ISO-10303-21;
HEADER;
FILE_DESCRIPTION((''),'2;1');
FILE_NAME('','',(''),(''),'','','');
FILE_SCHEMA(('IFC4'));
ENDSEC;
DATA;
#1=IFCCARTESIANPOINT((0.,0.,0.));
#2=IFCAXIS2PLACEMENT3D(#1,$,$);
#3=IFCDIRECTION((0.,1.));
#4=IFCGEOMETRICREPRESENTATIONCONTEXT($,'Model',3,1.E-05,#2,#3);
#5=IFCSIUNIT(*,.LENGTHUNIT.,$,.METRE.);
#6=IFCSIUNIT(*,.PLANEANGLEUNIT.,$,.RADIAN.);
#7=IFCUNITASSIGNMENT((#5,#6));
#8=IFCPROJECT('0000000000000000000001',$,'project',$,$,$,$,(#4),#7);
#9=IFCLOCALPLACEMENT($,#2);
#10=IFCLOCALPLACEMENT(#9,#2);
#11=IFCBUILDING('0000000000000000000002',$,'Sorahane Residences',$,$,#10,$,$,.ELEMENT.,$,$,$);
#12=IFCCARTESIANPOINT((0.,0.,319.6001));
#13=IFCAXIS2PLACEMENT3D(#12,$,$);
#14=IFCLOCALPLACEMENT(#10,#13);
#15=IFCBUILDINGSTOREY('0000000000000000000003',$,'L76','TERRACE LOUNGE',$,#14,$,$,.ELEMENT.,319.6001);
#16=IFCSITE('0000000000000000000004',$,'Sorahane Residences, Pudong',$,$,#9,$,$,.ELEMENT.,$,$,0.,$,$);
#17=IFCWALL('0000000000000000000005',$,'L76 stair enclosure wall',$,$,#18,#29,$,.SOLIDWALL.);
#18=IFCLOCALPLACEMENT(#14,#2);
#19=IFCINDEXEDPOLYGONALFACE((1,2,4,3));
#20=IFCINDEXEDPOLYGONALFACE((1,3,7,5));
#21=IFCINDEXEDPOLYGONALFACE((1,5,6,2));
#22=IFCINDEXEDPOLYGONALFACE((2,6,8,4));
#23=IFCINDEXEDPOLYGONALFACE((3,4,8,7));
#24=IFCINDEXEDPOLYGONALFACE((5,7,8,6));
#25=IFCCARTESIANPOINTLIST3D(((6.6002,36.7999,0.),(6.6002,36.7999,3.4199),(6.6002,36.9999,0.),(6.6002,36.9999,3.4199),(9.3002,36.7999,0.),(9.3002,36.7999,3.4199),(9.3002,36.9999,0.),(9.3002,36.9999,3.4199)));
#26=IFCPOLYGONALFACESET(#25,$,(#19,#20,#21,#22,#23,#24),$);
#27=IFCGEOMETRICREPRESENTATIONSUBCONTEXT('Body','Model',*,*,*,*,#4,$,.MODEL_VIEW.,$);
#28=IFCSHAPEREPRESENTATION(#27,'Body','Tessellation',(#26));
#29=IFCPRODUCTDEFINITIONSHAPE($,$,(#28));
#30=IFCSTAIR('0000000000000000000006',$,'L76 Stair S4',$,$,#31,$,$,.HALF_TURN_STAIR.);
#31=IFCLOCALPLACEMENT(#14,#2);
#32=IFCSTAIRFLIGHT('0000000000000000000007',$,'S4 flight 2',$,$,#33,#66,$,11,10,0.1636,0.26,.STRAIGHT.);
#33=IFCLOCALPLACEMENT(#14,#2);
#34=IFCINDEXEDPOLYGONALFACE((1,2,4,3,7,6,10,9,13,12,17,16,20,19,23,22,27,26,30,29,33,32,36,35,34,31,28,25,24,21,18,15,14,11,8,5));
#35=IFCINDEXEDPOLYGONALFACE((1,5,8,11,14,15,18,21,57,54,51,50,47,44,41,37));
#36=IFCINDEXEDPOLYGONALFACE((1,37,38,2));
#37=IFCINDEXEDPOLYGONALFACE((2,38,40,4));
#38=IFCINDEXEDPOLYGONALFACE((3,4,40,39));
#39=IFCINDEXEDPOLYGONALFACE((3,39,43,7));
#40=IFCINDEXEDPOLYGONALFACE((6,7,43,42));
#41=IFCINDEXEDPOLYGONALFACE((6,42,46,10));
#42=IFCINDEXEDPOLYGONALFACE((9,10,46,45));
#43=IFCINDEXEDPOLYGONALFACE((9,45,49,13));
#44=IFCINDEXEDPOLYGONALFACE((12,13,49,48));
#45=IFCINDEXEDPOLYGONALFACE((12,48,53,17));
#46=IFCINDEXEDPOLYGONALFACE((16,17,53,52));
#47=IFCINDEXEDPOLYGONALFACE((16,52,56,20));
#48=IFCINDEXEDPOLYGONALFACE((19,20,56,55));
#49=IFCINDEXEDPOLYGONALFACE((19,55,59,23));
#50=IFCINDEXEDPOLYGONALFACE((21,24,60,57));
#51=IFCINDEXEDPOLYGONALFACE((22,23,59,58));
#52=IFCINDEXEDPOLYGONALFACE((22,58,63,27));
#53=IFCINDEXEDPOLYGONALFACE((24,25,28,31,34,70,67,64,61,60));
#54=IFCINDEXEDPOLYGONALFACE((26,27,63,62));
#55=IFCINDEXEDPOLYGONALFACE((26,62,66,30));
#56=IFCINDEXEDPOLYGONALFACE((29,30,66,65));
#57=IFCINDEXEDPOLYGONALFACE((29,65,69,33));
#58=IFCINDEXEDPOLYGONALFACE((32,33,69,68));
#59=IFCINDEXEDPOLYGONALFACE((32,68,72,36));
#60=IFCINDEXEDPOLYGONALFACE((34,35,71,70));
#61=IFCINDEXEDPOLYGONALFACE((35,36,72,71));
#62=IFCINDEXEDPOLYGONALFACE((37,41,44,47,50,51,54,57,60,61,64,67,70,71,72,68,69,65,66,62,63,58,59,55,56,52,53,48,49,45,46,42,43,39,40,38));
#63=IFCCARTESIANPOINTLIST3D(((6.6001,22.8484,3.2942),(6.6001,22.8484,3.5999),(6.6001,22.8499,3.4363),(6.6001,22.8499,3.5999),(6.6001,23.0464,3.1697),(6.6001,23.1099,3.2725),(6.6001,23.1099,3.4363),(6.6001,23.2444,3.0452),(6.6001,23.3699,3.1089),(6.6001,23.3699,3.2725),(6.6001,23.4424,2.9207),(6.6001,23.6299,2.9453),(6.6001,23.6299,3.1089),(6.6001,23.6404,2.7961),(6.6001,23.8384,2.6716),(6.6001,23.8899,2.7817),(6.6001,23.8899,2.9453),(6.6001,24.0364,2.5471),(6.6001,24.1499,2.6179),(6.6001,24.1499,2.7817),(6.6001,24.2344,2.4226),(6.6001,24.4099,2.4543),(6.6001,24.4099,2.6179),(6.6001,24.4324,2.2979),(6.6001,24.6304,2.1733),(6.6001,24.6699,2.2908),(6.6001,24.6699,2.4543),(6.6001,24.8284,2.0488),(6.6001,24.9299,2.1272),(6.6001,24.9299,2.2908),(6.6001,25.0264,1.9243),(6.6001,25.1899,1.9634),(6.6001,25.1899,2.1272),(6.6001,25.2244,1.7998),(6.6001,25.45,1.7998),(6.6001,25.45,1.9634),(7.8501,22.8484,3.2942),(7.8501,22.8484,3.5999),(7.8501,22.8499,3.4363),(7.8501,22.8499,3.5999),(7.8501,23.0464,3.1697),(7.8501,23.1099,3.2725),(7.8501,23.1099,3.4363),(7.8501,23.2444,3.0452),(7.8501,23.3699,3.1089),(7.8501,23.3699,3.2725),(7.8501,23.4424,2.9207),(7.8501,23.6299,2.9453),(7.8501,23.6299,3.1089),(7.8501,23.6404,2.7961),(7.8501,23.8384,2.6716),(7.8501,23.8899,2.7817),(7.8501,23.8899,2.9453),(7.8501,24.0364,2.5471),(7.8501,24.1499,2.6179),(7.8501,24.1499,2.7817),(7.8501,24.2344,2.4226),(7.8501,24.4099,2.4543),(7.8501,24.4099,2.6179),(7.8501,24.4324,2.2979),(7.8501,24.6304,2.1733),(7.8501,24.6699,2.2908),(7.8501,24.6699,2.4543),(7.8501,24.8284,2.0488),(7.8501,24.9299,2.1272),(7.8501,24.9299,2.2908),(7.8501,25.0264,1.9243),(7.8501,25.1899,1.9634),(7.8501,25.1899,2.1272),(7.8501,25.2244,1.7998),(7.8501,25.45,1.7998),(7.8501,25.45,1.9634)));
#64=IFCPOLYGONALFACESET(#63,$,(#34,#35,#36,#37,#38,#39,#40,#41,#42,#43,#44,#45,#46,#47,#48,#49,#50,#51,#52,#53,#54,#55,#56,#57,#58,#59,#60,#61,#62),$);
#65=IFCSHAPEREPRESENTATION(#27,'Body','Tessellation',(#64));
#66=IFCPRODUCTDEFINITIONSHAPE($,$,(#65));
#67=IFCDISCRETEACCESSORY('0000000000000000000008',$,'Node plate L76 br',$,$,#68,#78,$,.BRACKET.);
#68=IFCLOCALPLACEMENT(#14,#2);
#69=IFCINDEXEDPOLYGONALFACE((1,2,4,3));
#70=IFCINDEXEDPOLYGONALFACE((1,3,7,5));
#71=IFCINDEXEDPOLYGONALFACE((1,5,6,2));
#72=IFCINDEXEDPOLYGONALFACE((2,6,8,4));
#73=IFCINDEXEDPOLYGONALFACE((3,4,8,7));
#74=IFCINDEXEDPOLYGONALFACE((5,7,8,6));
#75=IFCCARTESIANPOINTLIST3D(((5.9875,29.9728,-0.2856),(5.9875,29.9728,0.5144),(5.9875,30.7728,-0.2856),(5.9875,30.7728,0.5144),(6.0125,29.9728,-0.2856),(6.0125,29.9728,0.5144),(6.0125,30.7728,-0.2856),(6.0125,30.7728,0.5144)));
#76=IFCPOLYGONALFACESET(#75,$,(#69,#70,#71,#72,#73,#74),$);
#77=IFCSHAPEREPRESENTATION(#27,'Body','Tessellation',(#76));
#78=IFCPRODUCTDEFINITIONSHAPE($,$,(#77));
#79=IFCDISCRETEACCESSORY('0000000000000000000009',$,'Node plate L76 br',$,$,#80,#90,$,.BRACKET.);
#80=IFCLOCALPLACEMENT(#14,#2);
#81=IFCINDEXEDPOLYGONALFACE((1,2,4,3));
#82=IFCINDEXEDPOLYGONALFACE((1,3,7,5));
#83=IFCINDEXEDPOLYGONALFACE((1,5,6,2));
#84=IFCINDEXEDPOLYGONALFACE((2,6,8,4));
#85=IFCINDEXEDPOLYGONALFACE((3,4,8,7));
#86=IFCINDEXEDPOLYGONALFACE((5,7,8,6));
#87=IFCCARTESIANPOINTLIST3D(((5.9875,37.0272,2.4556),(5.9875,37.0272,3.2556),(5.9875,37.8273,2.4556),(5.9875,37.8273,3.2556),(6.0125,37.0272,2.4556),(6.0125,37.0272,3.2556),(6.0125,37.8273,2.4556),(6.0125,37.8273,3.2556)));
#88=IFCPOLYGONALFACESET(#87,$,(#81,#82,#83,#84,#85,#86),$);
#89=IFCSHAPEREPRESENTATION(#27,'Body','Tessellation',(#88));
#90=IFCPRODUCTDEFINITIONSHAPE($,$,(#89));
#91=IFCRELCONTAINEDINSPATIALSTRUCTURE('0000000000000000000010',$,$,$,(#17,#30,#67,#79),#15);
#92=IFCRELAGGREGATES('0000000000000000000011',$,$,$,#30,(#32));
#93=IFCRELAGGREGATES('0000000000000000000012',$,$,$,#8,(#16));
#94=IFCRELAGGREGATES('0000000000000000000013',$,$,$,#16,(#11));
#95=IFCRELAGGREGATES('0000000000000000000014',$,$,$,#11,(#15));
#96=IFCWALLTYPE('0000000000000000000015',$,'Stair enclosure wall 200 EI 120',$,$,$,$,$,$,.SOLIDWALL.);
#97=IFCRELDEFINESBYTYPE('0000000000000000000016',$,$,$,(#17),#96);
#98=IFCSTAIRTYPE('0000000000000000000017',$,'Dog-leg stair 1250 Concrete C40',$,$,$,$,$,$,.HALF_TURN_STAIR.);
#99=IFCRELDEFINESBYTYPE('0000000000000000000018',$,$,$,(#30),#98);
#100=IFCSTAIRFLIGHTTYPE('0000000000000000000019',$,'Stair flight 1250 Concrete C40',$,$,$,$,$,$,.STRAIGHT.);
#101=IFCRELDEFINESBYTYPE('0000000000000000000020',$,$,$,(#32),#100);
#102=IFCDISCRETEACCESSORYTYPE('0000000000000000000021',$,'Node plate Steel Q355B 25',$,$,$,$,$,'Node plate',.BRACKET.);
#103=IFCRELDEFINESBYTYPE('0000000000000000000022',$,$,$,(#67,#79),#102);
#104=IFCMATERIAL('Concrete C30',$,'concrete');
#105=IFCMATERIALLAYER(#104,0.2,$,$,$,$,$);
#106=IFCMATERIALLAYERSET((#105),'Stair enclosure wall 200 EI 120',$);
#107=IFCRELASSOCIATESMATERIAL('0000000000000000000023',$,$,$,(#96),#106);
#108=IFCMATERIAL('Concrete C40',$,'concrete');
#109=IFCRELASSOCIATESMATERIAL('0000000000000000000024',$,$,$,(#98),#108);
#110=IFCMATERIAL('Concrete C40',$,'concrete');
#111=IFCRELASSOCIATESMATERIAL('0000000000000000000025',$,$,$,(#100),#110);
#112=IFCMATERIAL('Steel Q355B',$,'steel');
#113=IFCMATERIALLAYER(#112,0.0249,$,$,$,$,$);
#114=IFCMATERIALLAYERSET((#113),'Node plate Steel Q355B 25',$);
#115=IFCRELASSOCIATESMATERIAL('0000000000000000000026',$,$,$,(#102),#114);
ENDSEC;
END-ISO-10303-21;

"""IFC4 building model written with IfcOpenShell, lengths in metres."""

from ifc_helpers import new_model, si_unit, direction, frame, frame_2d, origin, origin_2d, place, context, subcontext, project, spatial, polyline, rectangle, outline, extrude, material, layer, layer_set, type_object, element, aggregate, save


model = new_model("IFC4")

# Units and contexts
model_context = context("Model", 3, precision=1e-05, world=origin(), true_north=direction((0.0, 1.0)))
body_context = subcontext(model_context, "Body", "Model", "MODEL_VIEW")
ifc_project = project(units=[si_unit("LENGTHUNIT", "METRE"), si_unit("PLANEANGLEUNIT", "RADIAN")], contexts=[model_context])

# Site, building, storey
site_placement = place(None, origin())
site = spatial("IfcSite", under=ifc_project, at=site_placement, Name="Sorahane Residences, Pudong", CompositionType="ELEMENT", RefElevation=0.0)
building_placement = place(site_placement, origin())
building = spatial("IfcBuilding", under=site, at=building_placement, Name="Sorahane Residences", CompositionType="ELEMENT")
storey_placement = place(building_placement, frame((0.0, 0.0, 319.6001)))
storey = spatial("IfcBuildingStorey", under=building, at=storey_placement, Name="L76", Description="TERRACE LOUNGE", CompositionType="ELEMENT", Elevation=319.6001)

# Wall
ifc_material_1 = material(Name="Concrete C30", Category="concrete")
ifc_layer_1 = layer(ifc_material_1, 0.2)
ifc_layer_set_1 = layer_set([ifc_layer_1], Name="Stair enclosure wall 200 EI 120")
wall_type_1 = type_object("IfcWallType", Name="Stair enclosure wall 200 EI 120", PredefinedType="SOLIDWALL", material=ifc_layer_set_1)
wall_1_placement = place(storey_placement, frame((6.6001, 36.8999, 0.0), z_axis=(0.0, 0.0, 1.0), x_axis=(1.0, 0.0, 0.0)))
element("IfcWall", 1, at=wall_1_placement, inside=storey, type_object=wall_type_1, Name="L76 stair enclosure wall", PredefinedType="SOLIDWALL", context=body_context, shape_type="SweptSolid", body=[
    extrude(rectangle(XDim=2.7, YDim=0.2, at=frame_2d((1.3501, 0.0))), origin(), (0.0, 0.0, 1.0), 3.4199),
])

# Stair, stair flight
ifc_material_2 = material(Name="Concrete C40", Category="concrete")
stair_type = type_object("IfcStairType", Name="Dog-leg stair 1250 Concrete C40", PredefinedType="HALF_TURN_STAIR", material=ifc_material_2)
stair_placement = place(storey_placement, origin())
stair = element("IfcStair", 2, at=stair_placement, inside=storey, type_object=stair_type, Name="L76 Stair S4", PredefinedType="HALF_TURN_STAIR")
ifc_material_3 = material(Name="Concrete C40", Category="concrete")
stair_flight_type = type_object("IfcStairFlightType", Name="Stair flight 1250 Concrete C40", PredefinedType="STRAIGHT", material=ifc_material_3)
stair_flight_placement = place(storey_placement, frame((7.2251, 25.45, 1.7998), z_axis=(0.0, 0.0, 1.0), x_axis=(0.0, -1.0, 0.0)))
stair_flight = element("IfcStairFlight", 3, at=stair_flight_placement, type_object=stair_flight_type, Name="S4 flight 2", NumberOfRisers=11, NumberOfTreads=10, PredefinedType="STRAIGHT", RiserHeight=0.1636, TreadLength=0.26, context=body_context, shape_type="SweptSolid", body=[
    extrude(outline(polyline([(0.0, 0.0), (0.0, 0.1636), (0.26, 0.1636), (0.26, 0.3274), (0.52, 0.3274), (0.52, 0.491), (0.78, 0.491), (0.78, 0.6545), (1.04, 0.6545), (1.04, 0.8181), (1.3, 0.8181), (1.3, 0.9819), (1.5601, 0.9819), (1.5601, 1.1455), (1.8201, 1.1455), (1.8201, 1.3091), (2.0801, 1.3091), (2.0801, 1.4727), (2.3401, 1.4727), (2.3401, 1.6365), (2.6001, 1.6365), (2.6001, 1.8), (2.6016, 1.8), (2.6016, 1.4944), (2.4036, 1.3699), (2.2056, 1.2454), (2.0076, 1.1208), (1.8096, 0.9963), (1.6116, 0.8718), (1.4136, 0.7473), (1.2156, 0.6228), (1.0176, 0.498), (0.8196, 0.3735), (0.6216, 0.249), (0.4236, 0.1245), (0.2256, 0.0), (0.0, 0.0)])), frame((0.0, 0.625, 0.0), z_axis=(0.0, -1.0, 0.0), x_axis=(1.0, 0.0, 0.0)), (0.0, 0.0, 1.0), 1.25),
])
aggregate(stair, [stair_flight])

# Discrete accessories
ifc_material_4 = material(Name="Steel Q355B", Category="steel")
ifc_layer_2 = layer(ifc_material_4, 0.0249)
ifc_layer_set_2 = layer_set([ifc_layer_2], Name="Node plate Steel Q355B 25")
discrete_accessory_type = type_object("IfcDiscreteAccessoryType", Name="Node plate Steel Q355B 25", ElementType="Node plate", PredefinedType="BRACKET", material=ifc_layer_set_2)
for number, where, z_axis, x_axis, name in (
    (4, (6.0, 30.3728, -0.2856), (0.0, 0.0, 1.0), (0.0, 1.0, 0.0), "Node plate L76 br"),
    (5, (6.0, 37.4272, 2.4556), (0.0, 0.0, 1.0), (0.0, 1.0, 0.0), "Node plate L76 br"),
):
    element("IfcDiscreteAccessory", number, at=place(storey_placement, frame(where, z_axis=z_axis, x_axis=x_axis)), inside=storey, type_object=discrete_accessory_type, Name=name, PredefinedType="BRACKET", context=body_context, shape_type="SweptSolid", body=[
        extrude(rectangle(XDim=0.8, YDim=0.0249, at=origin_2d()), origin(), (0.0, 0.0, 1.0), 0.8),
    ])

save(model, "model.ifc")
